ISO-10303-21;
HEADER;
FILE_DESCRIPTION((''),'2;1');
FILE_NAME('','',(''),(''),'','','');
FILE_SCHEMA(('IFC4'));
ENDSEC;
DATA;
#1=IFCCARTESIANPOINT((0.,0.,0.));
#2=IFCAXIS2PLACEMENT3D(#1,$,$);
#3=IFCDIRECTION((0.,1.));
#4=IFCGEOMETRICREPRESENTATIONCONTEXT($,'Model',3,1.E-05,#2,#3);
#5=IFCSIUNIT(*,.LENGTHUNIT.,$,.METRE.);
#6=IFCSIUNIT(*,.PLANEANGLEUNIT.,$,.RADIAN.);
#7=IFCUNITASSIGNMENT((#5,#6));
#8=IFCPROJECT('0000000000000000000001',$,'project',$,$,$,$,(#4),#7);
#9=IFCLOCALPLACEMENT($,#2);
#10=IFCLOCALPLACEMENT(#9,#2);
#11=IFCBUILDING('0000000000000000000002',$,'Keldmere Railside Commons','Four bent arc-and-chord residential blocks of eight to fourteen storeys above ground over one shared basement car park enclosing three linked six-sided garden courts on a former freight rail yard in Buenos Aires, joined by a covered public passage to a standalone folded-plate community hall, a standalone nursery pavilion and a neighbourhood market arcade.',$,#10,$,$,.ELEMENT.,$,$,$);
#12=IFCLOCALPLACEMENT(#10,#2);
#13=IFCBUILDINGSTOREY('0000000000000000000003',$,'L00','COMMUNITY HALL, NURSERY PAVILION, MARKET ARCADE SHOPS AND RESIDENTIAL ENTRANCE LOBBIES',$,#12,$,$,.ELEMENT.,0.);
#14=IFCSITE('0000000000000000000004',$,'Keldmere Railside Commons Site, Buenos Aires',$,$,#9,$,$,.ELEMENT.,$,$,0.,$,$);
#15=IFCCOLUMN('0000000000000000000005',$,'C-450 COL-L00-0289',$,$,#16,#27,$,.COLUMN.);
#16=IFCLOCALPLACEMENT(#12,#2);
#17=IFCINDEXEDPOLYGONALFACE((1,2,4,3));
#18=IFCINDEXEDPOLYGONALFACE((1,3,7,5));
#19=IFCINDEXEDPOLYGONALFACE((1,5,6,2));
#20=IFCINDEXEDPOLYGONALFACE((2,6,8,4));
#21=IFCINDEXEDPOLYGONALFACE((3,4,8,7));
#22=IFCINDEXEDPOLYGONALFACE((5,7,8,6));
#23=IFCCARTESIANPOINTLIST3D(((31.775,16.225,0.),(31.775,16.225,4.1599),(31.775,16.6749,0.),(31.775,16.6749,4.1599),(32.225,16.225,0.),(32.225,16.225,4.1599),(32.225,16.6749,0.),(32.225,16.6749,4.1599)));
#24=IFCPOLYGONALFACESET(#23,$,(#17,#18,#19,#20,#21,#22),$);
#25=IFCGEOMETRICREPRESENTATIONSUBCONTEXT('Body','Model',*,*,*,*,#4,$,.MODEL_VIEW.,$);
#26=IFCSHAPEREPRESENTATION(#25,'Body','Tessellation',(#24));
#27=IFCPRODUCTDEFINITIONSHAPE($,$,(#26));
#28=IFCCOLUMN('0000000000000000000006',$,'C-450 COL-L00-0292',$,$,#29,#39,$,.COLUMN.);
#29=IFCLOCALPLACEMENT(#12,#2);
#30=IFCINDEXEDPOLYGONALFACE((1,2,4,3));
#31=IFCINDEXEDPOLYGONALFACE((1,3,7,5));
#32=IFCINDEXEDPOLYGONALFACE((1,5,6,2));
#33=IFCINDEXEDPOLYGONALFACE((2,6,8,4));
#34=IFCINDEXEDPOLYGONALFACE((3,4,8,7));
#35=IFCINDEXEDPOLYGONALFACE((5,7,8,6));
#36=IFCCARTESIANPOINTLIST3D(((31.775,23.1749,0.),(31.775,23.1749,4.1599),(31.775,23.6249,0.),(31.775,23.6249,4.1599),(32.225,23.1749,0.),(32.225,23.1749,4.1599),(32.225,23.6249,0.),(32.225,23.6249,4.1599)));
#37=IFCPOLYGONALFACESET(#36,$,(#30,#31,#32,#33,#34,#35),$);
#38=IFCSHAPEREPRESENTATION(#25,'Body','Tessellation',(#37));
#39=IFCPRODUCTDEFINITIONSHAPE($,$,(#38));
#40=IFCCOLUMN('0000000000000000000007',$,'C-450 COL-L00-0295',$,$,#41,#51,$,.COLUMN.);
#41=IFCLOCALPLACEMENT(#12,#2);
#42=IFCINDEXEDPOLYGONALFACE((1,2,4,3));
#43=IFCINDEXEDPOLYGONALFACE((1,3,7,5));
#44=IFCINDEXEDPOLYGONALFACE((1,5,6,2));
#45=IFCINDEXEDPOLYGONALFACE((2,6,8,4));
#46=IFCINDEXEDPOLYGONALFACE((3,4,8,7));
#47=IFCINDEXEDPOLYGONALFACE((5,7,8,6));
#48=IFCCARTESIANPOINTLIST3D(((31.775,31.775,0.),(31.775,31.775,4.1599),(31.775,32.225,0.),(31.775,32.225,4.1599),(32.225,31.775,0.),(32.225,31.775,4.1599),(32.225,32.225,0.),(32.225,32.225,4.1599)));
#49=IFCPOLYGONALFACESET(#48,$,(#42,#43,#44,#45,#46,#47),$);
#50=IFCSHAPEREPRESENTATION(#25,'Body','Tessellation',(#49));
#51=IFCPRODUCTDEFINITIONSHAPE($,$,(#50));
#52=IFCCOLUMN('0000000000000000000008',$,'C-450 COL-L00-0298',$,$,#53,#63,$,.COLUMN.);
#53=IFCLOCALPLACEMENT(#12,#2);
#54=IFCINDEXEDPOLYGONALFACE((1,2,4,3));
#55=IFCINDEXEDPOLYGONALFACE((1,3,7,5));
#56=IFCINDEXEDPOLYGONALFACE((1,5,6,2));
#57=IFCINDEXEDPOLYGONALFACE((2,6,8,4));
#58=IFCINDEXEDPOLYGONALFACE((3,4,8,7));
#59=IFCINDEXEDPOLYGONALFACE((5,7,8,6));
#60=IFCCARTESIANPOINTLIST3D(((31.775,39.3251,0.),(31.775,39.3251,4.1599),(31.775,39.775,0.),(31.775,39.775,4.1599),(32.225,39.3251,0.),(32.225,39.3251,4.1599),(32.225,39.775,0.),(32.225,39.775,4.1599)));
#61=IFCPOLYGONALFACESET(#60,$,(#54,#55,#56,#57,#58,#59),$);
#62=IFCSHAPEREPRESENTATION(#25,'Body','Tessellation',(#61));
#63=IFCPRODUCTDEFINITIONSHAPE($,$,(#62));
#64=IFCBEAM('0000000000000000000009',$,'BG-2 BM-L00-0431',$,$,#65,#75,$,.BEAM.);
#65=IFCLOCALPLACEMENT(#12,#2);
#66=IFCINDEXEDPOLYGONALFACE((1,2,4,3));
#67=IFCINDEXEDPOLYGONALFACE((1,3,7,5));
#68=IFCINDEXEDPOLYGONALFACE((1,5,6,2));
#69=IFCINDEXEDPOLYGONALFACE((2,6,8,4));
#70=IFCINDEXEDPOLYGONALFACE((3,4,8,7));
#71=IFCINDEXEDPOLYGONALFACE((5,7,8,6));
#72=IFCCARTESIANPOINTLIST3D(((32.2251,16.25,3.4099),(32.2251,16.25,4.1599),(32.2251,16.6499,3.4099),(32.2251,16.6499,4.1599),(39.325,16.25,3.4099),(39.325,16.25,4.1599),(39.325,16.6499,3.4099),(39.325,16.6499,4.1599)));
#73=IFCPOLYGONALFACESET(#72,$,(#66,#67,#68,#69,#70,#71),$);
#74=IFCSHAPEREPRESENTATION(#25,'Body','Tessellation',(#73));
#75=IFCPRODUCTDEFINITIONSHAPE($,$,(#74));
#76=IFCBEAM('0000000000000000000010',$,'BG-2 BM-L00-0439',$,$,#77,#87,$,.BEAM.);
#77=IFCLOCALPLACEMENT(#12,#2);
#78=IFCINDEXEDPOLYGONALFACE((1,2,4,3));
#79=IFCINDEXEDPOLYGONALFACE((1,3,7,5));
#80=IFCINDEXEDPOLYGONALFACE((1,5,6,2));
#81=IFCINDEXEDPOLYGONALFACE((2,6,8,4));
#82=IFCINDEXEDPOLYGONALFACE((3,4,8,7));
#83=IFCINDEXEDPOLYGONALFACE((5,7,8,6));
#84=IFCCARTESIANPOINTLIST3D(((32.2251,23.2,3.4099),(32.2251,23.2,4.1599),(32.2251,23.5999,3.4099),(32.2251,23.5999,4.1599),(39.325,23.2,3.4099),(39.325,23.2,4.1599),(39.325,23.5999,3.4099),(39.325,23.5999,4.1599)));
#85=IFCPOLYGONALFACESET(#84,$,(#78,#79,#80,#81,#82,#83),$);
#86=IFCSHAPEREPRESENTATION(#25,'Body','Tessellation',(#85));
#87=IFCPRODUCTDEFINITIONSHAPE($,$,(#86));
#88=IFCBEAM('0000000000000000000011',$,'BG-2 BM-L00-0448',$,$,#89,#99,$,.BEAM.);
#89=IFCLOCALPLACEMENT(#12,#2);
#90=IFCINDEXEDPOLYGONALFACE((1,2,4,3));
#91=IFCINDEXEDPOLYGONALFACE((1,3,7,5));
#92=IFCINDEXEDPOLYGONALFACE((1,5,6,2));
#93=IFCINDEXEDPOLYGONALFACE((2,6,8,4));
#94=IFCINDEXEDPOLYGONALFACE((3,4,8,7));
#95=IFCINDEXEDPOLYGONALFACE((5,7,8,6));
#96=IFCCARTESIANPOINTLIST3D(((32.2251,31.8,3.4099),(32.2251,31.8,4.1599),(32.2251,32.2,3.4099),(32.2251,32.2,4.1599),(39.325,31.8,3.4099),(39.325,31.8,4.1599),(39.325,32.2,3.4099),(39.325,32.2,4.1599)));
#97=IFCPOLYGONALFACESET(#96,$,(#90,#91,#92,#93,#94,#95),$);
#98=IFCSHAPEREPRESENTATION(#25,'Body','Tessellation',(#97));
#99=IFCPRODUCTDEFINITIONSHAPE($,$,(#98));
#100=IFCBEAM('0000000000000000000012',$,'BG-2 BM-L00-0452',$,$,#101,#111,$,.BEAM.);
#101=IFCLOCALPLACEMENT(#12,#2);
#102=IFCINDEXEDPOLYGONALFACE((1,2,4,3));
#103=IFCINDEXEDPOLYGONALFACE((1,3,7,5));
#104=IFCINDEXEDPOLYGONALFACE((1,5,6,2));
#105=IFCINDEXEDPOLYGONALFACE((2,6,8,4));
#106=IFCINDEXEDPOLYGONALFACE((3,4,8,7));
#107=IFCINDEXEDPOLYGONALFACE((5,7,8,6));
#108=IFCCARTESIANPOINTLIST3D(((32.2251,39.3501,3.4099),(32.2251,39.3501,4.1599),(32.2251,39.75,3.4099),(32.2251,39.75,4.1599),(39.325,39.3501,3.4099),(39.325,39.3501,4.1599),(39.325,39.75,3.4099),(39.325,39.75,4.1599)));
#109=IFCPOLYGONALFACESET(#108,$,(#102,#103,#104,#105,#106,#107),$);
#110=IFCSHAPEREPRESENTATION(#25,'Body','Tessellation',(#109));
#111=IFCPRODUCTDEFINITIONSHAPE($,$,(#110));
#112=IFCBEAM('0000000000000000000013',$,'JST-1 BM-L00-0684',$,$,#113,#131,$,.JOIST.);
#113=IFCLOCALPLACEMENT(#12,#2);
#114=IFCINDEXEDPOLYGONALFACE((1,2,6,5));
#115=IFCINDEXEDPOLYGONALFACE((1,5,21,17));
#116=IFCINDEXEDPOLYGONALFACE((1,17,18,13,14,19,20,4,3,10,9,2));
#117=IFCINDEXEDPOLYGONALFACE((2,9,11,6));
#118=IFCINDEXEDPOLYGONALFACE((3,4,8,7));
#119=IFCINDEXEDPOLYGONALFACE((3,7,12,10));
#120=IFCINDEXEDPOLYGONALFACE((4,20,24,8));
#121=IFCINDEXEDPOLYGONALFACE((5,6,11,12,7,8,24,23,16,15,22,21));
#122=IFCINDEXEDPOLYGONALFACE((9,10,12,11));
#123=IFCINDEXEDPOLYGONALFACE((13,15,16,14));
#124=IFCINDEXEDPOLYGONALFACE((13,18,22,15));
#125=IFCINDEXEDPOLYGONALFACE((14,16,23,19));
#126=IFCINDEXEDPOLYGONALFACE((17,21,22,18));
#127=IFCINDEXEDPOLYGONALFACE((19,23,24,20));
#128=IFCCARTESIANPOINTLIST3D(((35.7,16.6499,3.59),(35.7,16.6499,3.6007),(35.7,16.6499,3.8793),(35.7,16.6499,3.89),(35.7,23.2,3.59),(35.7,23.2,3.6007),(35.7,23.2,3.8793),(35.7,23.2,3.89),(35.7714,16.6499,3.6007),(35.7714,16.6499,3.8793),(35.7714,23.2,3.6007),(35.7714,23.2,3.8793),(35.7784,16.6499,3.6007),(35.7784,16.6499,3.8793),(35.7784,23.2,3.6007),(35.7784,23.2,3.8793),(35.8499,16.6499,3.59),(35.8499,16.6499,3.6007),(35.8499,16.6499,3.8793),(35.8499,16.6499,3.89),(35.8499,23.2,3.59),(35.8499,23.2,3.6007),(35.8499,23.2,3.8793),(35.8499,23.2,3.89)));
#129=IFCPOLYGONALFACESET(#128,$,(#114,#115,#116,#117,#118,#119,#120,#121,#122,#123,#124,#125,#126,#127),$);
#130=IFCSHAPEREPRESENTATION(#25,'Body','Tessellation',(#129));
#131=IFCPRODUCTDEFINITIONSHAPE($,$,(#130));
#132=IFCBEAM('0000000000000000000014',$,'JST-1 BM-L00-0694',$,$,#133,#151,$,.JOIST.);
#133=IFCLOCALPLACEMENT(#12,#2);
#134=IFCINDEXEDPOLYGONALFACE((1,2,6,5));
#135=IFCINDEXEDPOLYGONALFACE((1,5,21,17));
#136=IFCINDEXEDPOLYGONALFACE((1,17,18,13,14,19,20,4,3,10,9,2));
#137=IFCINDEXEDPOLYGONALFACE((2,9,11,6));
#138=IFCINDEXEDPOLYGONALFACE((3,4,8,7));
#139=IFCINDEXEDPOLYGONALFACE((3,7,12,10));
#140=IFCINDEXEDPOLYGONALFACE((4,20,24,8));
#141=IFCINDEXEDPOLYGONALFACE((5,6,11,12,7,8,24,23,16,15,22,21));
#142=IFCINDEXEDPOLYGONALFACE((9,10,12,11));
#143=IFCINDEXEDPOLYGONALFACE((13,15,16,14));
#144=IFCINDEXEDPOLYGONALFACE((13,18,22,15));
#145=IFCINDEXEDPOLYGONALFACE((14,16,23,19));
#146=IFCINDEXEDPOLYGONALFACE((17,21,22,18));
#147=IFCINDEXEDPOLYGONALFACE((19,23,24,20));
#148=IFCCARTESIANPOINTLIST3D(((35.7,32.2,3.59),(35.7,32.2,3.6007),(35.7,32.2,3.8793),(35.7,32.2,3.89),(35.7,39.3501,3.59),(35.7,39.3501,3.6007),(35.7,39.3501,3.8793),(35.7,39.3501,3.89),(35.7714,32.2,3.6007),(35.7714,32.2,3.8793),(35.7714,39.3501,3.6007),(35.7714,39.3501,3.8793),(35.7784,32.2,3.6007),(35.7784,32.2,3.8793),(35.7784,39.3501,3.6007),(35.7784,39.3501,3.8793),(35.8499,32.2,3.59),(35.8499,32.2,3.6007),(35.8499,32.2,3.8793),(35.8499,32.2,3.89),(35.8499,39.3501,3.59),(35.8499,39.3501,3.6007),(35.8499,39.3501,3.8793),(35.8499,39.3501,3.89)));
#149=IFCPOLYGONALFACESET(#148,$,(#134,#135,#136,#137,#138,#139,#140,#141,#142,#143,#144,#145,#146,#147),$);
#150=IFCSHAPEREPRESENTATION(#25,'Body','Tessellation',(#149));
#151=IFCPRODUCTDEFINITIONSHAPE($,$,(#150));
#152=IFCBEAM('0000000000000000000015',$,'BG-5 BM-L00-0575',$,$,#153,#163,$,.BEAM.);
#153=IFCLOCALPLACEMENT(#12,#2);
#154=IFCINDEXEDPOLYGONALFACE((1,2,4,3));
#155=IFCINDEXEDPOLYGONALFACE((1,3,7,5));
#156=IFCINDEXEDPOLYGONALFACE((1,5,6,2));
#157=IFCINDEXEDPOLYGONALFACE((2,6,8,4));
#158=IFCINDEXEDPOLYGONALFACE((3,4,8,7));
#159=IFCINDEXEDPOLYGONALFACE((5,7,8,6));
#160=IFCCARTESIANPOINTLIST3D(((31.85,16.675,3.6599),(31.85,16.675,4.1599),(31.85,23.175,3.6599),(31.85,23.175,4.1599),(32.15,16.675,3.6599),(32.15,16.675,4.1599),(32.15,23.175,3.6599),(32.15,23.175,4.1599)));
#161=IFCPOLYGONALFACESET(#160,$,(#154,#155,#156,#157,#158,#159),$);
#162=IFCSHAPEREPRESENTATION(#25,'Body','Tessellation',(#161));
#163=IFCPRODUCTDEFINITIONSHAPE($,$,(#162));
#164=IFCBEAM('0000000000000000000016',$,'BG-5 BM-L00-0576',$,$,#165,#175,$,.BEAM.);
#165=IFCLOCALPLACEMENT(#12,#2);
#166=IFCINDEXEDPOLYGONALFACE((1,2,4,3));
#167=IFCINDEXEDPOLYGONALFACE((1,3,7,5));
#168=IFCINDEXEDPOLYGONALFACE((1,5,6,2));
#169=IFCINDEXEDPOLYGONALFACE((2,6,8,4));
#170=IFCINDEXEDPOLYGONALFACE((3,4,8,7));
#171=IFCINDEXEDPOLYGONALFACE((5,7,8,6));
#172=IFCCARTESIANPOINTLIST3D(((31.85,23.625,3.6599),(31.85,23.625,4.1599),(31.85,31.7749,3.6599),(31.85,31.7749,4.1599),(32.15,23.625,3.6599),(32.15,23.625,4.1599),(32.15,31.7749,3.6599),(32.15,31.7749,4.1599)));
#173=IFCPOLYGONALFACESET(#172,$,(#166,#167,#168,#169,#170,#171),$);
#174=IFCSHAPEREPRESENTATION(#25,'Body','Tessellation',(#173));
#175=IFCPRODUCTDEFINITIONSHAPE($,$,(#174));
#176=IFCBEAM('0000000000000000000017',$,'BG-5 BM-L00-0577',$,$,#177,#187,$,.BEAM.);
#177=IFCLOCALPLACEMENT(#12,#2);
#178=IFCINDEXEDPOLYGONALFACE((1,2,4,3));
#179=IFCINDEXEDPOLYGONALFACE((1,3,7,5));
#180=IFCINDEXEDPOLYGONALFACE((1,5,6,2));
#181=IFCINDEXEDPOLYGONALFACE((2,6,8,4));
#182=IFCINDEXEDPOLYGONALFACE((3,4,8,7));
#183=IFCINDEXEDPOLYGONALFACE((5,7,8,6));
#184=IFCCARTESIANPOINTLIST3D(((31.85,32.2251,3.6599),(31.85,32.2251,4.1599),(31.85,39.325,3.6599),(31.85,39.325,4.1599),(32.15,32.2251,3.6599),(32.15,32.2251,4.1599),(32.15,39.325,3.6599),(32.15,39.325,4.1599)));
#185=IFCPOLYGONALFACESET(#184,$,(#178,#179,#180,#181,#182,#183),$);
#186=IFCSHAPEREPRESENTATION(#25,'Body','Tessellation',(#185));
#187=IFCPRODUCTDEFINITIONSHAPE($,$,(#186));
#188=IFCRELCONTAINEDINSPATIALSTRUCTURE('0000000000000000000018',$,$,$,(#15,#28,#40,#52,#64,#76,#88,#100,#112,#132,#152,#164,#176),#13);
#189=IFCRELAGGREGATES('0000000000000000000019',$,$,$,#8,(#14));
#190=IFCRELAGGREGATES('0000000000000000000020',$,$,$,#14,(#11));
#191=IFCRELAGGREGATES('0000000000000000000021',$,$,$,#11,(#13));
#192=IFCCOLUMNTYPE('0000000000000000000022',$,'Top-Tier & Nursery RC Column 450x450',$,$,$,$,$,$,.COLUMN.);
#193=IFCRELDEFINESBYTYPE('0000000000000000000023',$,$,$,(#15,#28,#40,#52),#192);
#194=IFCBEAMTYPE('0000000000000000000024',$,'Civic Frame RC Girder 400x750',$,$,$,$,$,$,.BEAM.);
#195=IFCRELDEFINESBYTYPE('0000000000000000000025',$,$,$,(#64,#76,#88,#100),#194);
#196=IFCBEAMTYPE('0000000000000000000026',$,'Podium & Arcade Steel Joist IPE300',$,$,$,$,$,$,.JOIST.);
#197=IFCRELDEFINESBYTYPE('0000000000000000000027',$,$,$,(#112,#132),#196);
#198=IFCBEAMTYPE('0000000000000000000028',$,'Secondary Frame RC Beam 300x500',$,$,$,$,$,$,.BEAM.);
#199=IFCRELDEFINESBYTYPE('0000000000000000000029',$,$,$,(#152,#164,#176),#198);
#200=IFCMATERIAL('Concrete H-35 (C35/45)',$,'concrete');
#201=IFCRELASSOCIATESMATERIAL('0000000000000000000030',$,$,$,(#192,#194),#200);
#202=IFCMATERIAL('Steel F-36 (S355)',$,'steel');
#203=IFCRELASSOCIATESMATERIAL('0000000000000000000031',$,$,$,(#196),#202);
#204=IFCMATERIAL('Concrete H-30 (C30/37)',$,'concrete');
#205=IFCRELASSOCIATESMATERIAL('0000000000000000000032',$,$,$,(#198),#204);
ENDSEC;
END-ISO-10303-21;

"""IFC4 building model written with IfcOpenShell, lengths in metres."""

from ifc_helpers import new_model, si_unit, direction, frame, origin, origin_2d, place, context, subcontext, project, spatial, rectangle, i_section, extrude, material, material_profile, profile_set, type_object, element, save


model = new_model("IFC4")

# Units and contexts
model_context = context("Model", 3, precision=1e-05, world=origin(), true_north=direction((0.0, 1.0)))
body_context = subcontext(model_context, "Body", "Model", "MODEL_VIEW")
ifc_project = project(units=[si_unit("LENGTHUNIT", "METRE"), si_unit("PLANEANGLEUNIT", "RADIAN")], contexts=[model_context])

# Site, building, storey
site_placement = place(None, origin())
site = spatial("IfcSite", under=ifc_project, at=site_placement, Name="Keldmere Railside Commons Site, Buenos Aires", CompositionType="ELEMENT", RefElevation=0.0)
building_placement = place(site_placement, origin())
building = spatial("IfcBuilding", under=site, at=building_placement, Name="Keldmere Railside Commons", Description="Four bent arc-and-chord residential blocks of eight to fourteen storeys above ground over one shared basement car park enclosing three linked six-sided garden courts on a former freight rail yard in Buenos Aires, joined by a covered public passage to a standalone folded-plate community hall, a standalone nursery pavilion and a neighbourhood market arcade.", CompositionType="ELEMENT")
storey_placement = place(building_placement, origin())
storey = spatial("IfcBuildingStorey", under=building, at=storey_placement, Name="L00", Description="COMMUNITY HALL, NURSERY PAVILION, MARKET ARCADE SHOPS AND RESIDENTIAL ENTRANCE LOBBIES", CompositionType="ELEMENT", Elevation=0.0)

# Columns
ifc_material_1 = material(Name="Concrete H-35 (C35/45)", Category="concrete")
ifc_material_profile_1 = material_profile(ifc_material_1, rectangle(XDim=0.45, YDim=0.45, at=origin_2d()), Name="RC-450x450")
ifc_profile_set_1 = profile_set([ifc_material_profile_1], Name="Concrete H-35 (C35/45)")
column_type = type_object("IfcColumnType", Name="Top-Tier & Nursery RC Column 450x450", PredefinedType="COLUMN", material=ifc_profile_set_1)
for number, where, z_axis, x_axis, name in (
    (1, (32.0, 16.45, 0.0), (0.0, 0.0, 1.0), (1.0, 0.0, 0.0), "C-450 COL-L00-0289"),
    (2, (32.0, 23.3999, 0.0), (0.0, 0.0, 1.0), (1.0, 0.0, 0.0), "C-450 COL-L00-0292"),
    (3, (32.0, 32.0, 0.0), (0.0, 0.0, 1.0), (1.0, 0.0, 0.0), "C-450 COL-L00-0295"),
    (4, (32.0, 39.55, 0.0), (0.0, 0.0, 1.0), (1.0, 0.0, 0.0), "C-450 COL-L00-0298"),
):
    element("IfcColumn", number, at=place(storey_placement, frame(where, z_axis=z_axis, x_axis=x_axis)), inside=storey, type_object=column_type, Name=name, PredefinedType="COLUMN", context=body_context, shape_type="SweptSolid", body=[
        extrude(rectangle(XDim=0.45, YDim=0.45, at=origin_2d()), origin(), (0.0, 0.0, 1.0), 4.1599),
    ])

# Beams
ifc_material_profile_2 = material_profile(ifc_material_1, rectangle(XDim=0.3999, YDim=0.75, at=origin_2d()), Name="RC-400x750")
ifc_profile_set_2 = profile_set([ifc_material_profile_2], Name="Concrete H-35 (C35/45)")
beam_type_1 = type_object("IfcBeamType", Name="Civic Frame RC Girder 400x750", PredefinedType="BEAM", material=ifc_profile_set_2)
for number, where, z_axis, x_axis, name in (
    (5, (32.2251, 16.45, 3.7849), (1.0, 0.0, 0.0), (0.0, 1.0, 0.0), "BG-2 BM-L00-0431"),
    (6, (32.2251, 23.3999, 3.7849), (1.0, 0.0, 0.0), (0.0, 1.0, 0.0), "BG-2 BM-L00-0439"),
    (7, (32.2251, 32.0, 3.7849), (1.0, 0.0, 0.0), (0.0, 1.0, 0.0), "BG-2 BM-L00-0448"),
    (8, (32.2251, 39.55, 3.7849), (1.0, 0.0, 0.0), (0.0, 1.0, 0.0), "BG-2 BM-L00-0452"),
):
    element("IfcBeam", number, at=place(storey_placement, frame(where, z_axis=z_axis, x_axis=x_axis)), inside=storey, type_object=beam_type_1, Name=name, PredefinedType="BEAM", context=body_context, shape_type="SweptSolid", body=[
        extrude(rectangle(XDim=0.3999, YDim=0.75, at=origin_2d()), origin(), (0.0, 0.0, 1.0), 7.0999),
    ])
ifc_material_2 = material(Name="Steel F-36 (S355)", Category="steel")
ifc_material_profile_3 = material_profile(ifc_material_2, i_section(OverallWidth=0.1499, OverallDepth=0.3, WebThickness=0.0071, FlangeThickness=0.0107, at=origin_2d()), Name="IPE-300")
ifc_profile_set_3 = profile_set([ifc_material_profile_3], Name="Steel F-36 (S355)")
beam_type_2 = type_object("IfcBeamType", Name="Podium & Arcade Steel Joist IPE300", PredefinedType="JOIST", material=ifc_profile_set_3)
beam_1_placement = place(storey_placement, frame((35.7749, 16.6499, 3.74), z_axis=(0.0, 1.0, 0.0), x_axis=(-1.0, 0.0, 0.0)))
element("IfcBeam", 9, at=beam_1_placement, inside=storey, type_object=beam_type_2, Name="JST-1 BM-L00-0684", PredefinedType="JOIST", context=body_context, shape_type="SweptSolid", body=[
    extrude(i_section(OverallWidth=0.1499, OverallDepth=0.3, WebThickness=0.0071, FlangeThickness=0.0107, at=origin_2d()), origin(), (0.0, 0.0, 1.0), 6.55),
])
beam_2_placement = place(storey_placement, frame((35.7749, 32.2, 3.74), z_axis=(0.0, 1.0, 0.0), x_axis=(-1.0, 0.0, 0.0)))
element("IfcBeam", 10, at=beam_2_placement, inside=storey, type_object=beam_type_2, Name="JST-1 BM-L00-0694", PredefinedType="JOIST", context=body_context, shape_type="SweptSolid", body=[
    extrude(i_section(OverallWidth=0.1499, OverallDepth=0.3, WebThickness=0.0071, FlangeThickness=0.0107, at=origin_2d()), origin(), (0.0, 0.0, 1.0), 7.1501),
])
ifc_material_3 = material(Name="Concrete H-30 (C30/37)", Category="concrete")
ifc_material_profile_4 = material_profile(ifc_material_3, rectangle(XDim=0.3, YDim=0.5, at=origin_2d()), Name="RC-300x500")
ifc_profile_set_4 = profile_set([ifc_material_profile_4], Name="Concrete H-30 (C30/37)")
beam_type_3 = type_object("IfcBeamType", Name="Secondary Frame RC Beam 300x500", PredefinedType="BEAM", material=ifc_profile_set_4)
beam_3_placement = place(storey_placement, frame((32.0, 16.675, 3.9099), z_axis=(0.0, 1.0, 0.0), x_axis=(-1.0, 0.0, 0.0)))
element("IfcBeam", 11, at=beam_3_placement, inside=storey, type_object=beam_type_3, Name="BG-5 BM-L00-0575", PredefinedType="BEAM", context=body_context, shape_type="SweptSolid", body=[
    extrude(rectangle(XDim=0.3, YDim=0.5, at=origin_2d()), origin(), (0.0, 0.0, 1.0), 6.5),
])
beam_4_placement = place(storey_placement, frame((32.0, 23.625, 3.9099), z_axis=(0.0, 1.0, 0.0), x_axis=(-1.0, 0.0, 0.0)))
element("IfcBeam", 12, at=beam_4_placement, inside=storey, type_object=beam_type_3, Name="BG-5 BM-L00-0576", PredefinedType="BEAM", context=body_context, shape_type="SweptSolid", body=[
    extrude(rectangle(XDim=0.3, YDim=0.5, at=origin_2d()), origin(), (0.0, 0.0, 1.0), 8.1499),
])
beam_5_placement = place(storey_placement, frame((32.0, 32.2251, 3.9099), z_axis=(0.0, 1.0, 0.0), x_axis=(-1.0, 0.0, 0.0)))
element("IfcBeam", 13, at=beam_5_placement, inside=storey, type_object=beam_type_3, Name="BG-5 BM-L00-0577", PredefinedType="BEAM", context=body_context, shape_type="SweptSolid", body=[
    extrude(rectangle(XDim=0.3, YDim=0.5, at=origin_2d()), origin(), (0.0, 0.0, 1.0), 7.0999),
])

save(model, "model.ifc")
